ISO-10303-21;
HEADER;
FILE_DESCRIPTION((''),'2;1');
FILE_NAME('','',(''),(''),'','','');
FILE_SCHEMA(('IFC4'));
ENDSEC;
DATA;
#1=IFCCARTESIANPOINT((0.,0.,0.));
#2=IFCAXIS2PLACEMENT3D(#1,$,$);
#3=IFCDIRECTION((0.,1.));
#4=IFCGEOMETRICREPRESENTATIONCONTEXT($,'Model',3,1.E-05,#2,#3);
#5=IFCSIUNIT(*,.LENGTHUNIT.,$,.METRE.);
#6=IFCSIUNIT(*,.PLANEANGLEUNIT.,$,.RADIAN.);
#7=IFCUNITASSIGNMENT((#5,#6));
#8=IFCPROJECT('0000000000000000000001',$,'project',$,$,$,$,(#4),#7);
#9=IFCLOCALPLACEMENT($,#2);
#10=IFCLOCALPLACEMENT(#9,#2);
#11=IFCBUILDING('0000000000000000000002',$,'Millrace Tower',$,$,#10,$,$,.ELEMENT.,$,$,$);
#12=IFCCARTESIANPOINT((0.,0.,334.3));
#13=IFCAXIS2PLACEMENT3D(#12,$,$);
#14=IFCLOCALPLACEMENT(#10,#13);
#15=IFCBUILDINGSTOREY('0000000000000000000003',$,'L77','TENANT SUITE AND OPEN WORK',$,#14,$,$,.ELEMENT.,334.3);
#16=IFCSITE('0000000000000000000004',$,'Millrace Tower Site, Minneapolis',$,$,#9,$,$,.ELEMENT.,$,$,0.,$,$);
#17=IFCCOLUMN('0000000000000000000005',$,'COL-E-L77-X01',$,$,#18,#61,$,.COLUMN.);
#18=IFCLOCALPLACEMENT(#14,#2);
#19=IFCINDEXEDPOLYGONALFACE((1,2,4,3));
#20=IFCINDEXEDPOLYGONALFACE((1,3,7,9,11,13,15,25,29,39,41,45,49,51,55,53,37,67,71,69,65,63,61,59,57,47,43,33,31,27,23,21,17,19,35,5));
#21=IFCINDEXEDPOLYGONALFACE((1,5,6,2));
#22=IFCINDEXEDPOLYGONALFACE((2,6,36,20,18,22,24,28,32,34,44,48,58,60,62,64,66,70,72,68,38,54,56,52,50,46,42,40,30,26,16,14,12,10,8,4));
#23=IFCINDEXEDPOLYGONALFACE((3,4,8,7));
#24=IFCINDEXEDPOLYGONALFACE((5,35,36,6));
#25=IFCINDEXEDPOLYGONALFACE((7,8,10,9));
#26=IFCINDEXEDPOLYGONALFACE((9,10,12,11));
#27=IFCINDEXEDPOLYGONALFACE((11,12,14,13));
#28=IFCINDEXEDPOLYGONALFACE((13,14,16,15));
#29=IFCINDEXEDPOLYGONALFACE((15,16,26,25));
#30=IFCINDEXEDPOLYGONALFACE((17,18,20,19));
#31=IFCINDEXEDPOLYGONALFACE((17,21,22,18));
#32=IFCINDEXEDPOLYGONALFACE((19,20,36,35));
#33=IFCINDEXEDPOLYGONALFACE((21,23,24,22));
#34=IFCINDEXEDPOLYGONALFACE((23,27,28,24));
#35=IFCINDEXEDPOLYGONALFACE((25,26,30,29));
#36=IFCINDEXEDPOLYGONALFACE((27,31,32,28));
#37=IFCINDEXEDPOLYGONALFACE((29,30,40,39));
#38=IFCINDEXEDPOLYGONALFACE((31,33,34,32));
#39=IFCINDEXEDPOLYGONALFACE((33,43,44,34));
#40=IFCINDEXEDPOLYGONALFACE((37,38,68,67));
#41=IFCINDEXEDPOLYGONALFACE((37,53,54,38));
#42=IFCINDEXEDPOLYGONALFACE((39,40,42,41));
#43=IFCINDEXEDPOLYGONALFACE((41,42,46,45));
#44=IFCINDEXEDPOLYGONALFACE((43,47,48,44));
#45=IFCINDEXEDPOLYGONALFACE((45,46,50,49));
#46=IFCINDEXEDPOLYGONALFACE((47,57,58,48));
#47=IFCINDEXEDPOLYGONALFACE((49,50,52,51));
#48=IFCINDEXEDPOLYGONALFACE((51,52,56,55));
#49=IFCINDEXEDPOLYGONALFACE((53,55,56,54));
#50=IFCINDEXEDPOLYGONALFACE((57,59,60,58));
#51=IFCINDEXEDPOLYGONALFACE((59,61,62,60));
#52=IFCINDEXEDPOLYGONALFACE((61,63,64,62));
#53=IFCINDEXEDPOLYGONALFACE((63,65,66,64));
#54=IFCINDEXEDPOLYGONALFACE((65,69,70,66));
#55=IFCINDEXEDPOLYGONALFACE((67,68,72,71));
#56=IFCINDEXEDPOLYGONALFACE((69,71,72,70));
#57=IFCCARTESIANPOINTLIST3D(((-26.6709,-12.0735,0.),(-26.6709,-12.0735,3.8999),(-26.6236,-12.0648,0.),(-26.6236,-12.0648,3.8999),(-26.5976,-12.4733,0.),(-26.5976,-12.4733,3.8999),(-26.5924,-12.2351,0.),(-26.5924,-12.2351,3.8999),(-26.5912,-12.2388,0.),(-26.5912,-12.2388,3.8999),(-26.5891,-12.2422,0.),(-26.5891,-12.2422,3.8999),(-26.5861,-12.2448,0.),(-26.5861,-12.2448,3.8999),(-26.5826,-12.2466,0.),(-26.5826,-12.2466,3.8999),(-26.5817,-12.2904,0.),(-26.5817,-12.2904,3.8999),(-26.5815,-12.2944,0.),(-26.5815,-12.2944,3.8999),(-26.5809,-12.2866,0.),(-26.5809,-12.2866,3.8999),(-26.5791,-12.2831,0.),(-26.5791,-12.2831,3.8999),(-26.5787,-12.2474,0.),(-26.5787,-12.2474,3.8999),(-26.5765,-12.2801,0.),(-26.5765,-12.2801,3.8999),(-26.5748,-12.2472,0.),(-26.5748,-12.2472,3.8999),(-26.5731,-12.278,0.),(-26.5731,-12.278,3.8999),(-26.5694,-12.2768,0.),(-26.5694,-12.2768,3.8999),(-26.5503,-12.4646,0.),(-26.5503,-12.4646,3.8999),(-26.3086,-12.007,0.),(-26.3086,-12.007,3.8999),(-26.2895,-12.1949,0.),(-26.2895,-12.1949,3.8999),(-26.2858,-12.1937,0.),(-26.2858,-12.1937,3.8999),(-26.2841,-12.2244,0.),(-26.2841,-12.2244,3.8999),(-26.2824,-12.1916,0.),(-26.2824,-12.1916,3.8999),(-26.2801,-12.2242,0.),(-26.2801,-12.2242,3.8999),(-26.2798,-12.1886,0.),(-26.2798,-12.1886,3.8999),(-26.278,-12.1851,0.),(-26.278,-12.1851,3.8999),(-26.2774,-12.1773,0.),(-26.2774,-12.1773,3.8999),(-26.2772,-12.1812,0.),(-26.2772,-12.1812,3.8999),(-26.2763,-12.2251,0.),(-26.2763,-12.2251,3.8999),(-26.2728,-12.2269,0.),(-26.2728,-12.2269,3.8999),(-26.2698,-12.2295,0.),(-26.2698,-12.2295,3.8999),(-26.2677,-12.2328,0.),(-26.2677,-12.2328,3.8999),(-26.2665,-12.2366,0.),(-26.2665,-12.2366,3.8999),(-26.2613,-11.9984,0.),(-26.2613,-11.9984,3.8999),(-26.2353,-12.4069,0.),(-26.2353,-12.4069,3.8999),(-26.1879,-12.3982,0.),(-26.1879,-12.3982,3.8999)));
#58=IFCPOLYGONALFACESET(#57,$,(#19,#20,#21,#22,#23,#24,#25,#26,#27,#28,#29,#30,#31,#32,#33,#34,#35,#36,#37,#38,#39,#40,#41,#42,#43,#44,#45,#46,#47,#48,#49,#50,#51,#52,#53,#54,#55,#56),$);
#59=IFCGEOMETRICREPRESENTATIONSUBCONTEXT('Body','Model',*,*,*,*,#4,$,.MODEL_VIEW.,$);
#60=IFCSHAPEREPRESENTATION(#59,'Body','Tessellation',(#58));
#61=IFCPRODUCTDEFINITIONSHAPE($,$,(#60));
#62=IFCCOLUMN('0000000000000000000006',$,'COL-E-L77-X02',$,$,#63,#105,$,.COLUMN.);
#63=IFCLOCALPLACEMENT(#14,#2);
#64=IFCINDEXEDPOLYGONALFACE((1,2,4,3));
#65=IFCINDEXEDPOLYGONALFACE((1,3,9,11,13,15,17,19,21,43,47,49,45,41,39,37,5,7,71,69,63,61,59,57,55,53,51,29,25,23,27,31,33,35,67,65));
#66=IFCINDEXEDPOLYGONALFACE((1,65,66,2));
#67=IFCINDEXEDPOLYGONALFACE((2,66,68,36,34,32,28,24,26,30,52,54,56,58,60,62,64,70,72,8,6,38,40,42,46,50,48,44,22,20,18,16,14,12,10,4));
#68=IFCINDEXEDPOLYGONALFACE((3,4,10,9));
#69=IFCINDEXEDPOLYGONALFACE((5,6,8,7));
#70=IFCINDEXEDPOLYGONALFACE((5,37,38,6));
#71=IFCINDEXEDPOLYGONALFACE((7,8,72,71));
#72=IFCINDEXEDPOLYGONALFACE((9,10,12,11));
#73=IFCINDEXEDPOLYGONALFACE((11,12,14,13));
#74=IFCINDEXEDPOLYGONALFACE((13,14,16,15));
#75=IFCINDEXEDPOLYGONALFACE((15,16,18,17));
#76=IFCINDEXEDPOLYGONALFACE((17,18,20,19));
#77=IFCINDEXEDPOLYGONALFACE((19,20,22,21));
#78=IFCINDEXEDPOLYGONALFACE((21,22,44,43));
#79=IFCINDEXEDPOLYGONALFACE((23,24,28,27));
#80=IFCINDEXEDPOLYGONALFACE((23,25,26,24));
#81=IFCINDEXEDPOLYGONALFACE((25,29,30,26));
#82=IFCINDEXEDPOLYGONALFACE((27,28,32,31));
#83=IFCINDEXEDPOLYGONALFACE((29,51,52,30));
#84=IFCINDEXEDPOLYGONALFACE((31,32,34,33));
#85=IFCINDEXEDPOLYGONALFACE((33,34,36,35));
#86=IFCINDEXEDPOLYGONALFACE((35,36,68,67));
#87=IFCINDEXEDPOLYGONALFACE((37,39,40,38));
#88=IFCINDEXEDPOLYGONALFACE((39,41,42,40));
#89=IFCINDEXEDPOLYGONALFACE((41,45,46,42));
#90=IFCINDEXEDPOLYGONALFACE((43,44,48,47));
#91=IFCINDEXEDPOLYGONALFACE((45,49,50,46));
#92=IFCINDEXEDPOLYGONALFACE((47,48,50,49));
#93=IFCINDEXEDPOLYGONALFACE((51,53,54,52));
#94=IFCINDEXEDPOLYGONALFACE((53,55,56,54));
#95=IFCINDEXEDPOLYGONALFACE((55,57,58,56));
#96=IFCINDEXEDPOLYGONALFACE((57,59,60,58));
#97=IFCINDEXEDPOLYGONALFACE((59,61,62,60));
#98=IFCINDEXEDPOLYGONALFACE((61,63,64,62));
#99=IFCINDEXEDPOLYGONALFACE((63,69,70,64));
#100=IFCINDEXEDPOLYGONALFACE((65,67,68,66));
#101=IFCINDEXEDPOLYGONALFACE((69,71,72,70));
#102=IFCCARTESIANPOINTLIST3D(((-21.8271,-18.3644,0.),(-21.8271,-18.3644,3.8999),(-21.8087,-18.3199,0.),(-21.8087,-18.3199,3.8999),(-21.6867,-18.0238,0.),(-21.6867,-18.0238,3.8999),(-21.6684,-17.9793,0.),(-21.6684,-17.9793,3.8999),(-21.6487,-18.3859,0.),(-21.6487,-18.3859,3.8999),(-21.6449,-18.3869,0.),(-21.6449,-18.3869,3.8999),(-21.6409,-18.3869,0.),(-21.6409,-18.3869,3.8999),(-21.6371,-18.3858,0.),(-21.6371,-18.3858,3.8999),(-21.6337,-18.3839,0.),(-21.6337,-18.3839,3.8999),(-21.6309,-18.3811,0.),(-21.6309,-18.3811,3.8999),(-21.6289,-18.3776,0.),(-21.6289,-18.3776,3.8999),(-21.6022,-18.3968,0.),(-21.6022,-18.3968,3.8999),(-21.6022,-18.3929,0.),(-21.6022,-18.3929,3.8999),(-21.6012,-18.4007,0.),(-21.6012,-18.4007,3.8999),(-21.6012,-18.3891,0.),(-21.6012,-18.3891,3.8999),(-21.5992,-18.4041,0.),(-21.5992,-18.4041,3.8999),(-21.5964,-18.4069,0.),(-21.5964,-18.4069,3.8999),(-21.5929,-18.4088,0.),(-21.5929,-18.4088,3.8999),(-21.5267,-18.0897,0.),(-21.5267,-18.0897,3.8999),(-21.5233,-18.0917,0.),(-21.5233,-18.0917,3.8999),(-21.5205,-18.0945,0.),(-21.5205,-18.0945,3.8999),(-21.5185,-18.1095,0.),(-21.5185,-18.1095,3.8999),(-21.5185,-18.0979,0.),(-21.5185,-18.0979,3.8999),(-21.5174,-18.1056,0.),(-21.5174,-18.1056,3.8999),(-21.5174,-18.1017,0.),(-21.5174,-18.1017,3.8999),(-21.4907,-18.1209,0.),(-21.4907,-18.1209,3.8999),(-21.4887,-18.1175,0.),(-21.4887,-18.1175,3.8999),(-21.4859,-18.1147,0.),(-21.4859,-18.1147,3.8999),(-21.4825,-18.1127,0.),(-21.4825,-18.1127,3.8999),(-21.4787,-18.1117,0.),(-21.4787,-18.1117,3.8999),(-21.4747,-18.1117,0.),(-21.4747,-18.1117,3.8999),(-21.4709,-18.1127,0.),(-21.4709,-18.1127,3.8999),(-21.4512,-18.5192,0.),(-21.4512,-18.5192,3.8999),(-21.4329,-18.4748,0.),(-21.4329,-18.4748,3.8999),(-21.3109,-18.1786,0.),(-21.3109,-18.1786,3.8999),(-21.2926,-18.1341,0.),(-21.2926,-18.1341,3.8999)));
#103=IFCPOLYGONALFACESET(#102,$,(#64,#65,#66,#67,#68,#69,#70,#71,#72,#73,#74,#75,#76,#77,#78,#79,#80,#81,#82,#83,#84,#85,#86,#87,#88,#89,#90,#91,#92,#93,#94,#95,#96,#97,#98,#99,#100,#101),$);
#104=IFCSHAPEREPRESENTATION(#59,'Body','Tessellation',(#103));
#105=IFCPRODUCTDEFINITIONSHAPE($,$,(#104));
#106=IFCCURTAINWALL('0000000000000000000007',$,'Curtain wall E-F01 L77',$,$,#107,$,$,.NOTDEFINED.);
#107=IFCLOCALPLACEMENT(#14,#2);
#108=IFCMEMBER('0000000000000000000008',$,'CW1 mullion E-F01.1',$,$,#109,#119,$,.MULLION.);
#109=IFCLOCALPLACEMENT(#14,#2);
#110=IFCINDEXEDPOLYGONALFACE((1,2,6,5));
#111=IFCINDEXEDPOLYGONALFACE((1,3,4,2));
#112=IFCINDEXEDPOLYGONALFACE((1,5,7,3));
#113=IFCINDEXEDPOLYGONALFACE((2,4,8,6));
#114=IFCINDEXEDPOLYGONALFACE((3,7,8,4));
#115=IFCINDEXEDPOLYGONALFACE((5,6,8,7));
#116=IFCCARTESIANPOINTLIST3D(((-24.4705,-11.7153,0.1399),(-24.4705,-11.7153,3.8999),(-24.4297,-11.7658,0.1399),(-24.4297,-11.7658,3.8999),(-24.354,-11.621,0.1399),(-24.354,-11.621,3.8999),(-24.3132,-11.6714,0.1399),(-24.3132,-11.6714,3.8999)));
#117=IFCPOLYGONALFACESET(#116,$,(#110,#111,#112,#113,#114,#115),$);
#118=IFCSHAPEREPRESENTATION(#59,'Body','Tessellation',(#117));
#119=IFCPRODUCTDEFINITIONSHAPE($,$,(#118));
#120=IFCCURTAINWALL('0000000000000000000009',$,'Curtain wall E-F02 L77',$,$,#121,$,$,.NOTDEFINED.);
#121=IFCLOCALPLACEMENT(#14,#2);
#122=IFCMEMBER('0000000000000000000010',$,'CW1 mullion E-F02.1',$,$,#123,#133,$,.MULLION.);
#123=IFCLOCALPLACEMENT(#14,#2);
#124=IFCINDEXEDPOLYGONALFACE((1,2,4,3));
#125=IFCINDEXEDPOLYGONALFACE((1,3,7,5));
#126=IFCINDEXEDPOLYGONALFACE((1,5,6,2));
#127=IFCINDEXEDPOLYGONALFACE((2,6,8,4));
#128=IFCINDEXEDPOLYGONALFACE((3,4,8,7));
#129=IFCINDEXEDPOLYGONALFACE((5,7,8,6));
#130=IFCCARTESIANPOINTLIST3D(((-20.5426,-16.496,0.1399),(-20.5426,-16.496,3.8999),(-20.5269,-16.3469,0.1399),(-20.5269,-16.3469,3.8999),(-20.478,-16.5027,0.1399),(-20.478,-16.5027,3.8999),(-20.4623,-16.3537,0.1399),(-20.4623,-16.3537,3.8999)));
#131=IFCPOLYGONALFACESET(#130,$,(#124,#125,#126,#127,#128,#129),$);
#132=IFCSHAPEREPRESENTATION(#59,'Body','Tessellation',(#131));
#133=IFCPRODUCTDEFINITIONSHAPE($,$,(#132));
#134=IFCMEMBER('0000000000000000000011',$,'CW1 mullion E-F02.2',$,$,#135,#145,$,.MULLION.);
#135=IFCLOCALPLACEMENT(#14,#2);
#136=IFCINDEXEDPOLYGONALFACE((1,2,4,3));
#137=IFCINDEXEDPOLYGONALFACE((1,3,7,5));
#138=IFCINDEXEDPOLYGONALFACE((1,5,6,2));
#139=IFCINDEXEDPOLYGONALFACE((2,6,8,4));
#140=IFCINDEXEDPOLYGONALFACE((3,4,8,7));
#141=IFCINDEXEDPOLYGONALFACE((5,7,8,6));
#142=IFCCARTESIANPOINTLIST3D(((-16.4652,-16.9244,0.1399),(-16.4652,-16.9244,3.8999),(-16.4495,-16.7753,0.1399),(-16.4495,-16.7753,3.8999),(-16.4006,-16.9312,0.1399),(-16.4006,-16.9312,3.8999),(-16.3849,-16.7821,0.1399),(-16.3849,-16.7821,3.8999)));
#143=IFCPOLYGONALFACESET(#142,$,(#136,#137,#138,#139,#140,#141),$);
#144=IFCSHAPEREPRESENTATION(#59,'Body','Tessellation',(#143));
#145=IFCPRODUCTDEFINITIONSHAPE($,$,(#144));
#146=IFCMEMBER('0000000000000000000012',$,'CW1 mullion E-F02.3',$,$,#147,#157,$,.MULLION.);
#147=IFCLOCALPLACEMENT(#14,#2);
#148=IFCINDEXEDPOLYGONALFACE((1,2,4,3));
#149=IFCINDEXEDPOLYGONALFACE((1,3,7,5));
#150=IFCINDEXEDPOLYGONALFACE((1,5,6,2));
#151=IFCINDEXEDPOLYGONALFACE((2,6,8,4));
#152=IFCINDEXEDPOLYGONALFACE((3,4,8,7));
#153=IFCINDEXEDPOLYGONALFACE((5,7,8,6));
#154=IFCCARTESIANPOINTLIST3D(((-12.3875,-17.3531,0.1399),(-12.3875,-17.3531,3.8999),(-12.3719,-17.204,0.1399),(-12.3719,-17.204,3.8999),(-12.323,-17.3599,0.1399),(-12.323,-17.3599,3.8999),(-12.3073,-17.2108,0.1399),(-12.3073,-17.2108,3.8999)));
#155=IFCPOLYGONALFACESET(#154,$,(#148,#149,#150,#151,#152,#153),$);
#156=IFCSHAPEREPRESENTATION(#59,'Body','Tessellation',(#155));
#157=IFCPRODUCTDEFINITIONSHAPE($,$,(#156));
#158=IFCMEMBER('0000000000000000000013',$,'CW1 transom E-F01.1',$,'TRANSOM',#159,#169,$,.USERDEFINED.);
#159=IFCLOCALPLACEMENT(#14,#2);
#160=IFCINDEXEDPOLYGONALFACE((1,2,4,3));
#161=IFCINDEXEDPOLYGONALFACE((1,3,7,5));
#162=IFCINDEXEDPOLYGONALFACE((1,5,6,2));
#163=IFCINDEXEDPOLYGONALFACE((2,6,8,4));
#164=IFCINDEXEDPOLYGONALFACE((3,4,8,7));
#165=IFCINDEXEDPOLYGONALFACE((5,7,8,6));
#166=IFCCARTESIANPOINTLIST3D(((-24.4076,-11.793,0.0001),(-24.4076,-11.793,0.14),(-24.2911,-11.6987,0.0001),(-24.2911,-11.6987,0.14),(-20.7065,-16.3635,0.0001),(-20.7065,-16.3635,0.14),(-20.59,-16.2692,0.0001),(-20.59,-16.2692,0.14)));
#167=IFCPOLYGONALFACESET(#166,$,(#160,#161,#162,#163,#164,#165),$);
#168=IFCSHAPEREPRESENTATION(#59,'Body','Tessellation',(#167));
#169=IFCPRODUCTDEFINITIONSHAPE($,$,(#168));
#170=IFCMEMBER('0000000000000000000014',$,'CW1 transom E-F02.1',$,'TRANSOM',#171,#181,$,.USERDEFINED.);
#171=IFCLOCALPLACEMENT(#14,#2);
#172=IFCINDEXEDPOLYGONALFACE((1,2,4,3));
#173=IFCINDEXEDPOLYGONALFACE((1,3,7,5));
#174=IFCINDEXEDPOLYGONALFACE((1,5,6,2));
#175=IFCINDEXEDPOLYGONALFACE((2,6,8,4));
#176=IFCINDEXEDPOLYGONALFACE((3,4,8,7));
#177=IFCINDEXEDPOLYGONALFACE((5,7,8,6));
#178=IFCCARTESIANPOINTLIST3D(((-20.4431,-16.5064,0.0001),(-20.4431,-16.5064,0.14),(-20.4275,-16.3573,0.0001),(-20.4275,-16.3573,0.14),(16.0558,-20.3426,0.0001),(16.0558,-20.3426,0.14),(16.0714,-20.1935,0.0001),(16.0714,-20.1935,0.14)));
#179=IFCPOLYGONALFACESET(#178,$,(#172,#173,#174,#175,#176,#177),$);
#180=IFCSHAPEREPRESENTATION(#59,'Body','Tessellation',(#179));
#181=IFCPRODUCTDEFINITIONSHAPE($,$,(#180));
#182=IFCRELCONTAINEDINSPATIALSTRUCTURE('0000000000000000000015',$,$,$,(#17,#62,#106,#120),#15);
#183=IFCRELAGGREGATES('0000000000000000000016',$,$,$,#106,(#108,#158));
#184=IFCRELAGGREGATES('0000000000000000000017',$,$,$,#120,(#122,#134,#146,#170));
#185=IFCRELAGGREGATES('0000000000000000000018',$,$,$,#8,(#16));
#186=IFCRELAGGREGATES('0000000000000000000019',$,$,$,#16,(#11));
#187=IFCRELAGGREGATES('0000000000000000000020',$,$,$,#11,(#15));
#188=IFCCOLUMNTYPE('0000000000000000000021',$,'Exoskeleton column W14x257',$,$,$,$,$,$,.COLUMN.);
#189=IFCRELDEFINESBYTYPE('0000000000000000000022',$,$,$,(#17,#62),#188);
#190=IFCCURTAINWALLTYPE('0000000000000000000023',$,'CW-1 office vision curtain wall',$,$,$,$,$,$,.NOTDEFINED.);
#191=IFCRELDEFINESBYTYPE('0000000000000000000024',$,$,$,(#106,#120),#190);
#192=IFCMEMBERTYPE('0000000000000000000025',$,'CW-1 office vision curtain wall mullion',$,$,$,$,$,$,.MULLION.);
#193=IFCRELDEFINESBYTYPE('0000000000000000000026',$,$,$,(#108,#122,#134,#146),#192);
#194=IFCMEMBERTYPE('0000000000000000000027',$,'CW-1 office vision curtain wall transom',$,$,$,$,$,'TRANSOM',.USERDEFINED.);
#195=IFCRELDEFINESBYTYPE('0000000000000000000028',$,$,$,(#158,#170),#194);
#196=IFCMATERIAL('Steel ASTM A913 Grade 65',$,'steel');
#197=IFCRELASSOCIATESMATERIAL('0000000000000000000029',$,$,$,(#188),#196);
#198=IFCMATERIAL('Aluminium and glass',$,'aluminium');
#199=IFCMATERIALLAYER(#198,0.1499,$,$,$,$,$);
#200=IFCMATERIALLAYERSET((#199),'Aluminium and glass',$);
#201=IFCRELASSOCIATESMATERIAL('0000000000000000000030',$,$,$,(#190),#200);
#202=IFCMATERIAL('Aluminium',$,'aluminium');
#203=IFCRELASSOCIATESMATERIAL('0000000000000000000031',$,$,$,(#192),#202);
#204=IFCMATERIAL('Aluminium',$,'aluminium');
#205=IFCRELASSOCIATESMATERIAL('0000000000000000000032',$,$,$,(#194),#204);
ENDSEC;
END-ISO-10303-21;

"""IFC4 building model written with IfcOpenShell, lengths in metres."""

from ifc_helpers import new_model, si_unit, direction, frame, origin, origin_2d, place, context, subcontext, project, spatial, rectangle, i_section, extrude, material, layer, layer_set, material_profile, profile_set, type_object, element, aggregate, save


model = new_model("IFC4")

# Units and contexts
model_context = context("Model", 3, precision=1e-05, world=origin(), true_north=direction((0.0, 1.0)))
body_context = subcontext(model_context, "Body", "Model", "MODEL_VIEW")
ifc_project = project(units=[si_unit("LENGTHUNIT", "METRE"), si_unit("PLANEANGLEUNIT", "RADIAN")], contexts=[model_context])

# Site, building, storey
site_placement = place(None, origin())
site = spatial("IfcSite", under=ifc_project, at=site_placement, Name="Millrace Tower Site, Minneapolis", CompositionType="ELEMENT", RefElevation=0.0)
building_placement = place(site_placement, origin())
building = spatial("IfcBuilding", under=site, at=building_placement, Name="Millrace Tower", CompositionType="ELEMENT")
storey_placement = place(building_placement, frame((0.0, 0.0, 334.3)))
storey = spatial("IfcBuildingStorey", under=building, at=storey_placement, Name="L77", Description="TENANT SUITE AND OPEN WORK", CompositionType="ELEMENT", Elevation=334.3)

# Columns
ifc_material_1 = material(Name="Steel ASTM A913 Grade 65", Category="steel")
ifc_material_profile_1 = material_profile(ifc_material_1, i_section(OverallWidth=0.4065, OverallDepth=0.4165, WebThickness=0.03, FlangeThickness=0.0481, FilletRadius=0.0151, at=origin_2d()))
ifc_profile_set_1 = profile_set([ifc_material_profile_1], Name="Steel ASTM A913 Grade 65")
column_type = type_object("IfcColumnType", Name="Exoskeleton column W14x257", PredefinedType="COLUMN", material=ifc_profile_set_1)
for number, where, z_axis, x_axis, name in (
    (1, (-26.4294, -12.2358, 0.0), (0.0, 0.0, 1.0), (0.180387, -0.983596, 0.0), "COL-E-L77-X01"),
    (2, (-21.5598, -18.2493, 0.0), (0.0, 0.0, 1.0), (0.924597, -0.380947, 0.0), "COL-E-L77-X02"),
):
    element("IfcColumn", number, at=place(storey_placement, frame(where, z_axis=z_axis, x_axis=x_axis)), inside=storey, type_object=column_type, Name=name, PredefinedType="COLUMN", context=body_context, shape_type="SweptSolid", body=[
        extrude(i_section(OverallWidth=0.4065, OverallDepth=0.4165, WebThickness=0.03, FlangeThickness=0.0481, FilletRadius=0.0151, at=origin_2d()), origin(), (0.0, 0.0, 1.0), 3.8999),
    ])

# Curtain wall, member
ifc_material_2 = material(Name="Aluminium and glass", Category="aluminium")
ifc_layer_1 = layer(ifc_material_2, 0.1499)
ifc_layer_set_1 = layer_set([ifc_layer_1], Name="Aluminium and glass")
curtain_wall_type = type_object("IfcCurtainWallType", Name="CW-1 office vision curtain wall", PredefinedType="NOTDEFINED", material=ifc_layer_set_1)
placement = place(storey_placement, origin())
curtain_wall_1 = element("IfcCurtainWall", 3, at=placement, inside=storey, type_object=curtain_wall_type, Name="Curtain wall E-F01 L77", PredefinedType="NOTDEFINED")
ifc_material_3 = material(Name="Aluminium", Category="aluminium")
ifc_material_profile_2 = material_profile(ifc_material_3, rectangle(XDim=0.0649, YDim=0.1499, at=origin_2d()))
ifc_profile_set_2 = profile_set([ifc_material_profile_2], Name="Aluminium")
member_type_1 = type_object("IfcMemberType", Name="CW-1 office vision curtain wall mullion", PredefinedType="MULLION", material=ifc_profile_set_2)
member_1_placement = place(storey_placement, frame((-24.3918, -11.6934, 0.1399), z_axis=(0.0, 0.0, 1.0), x_axis=(0.62932, -0.777146, 0.0)))
member_1 = element("IfcMember", 4, at=member_1_placement, type_object=member_type_1, Name="CW1 mullion E-F01.1", PredefinedType="MULLION", context=body_context, shape_type="SweptSolid", body=[
    extrude(rectangle(XDim=0.0649, YDim=0.1499, at=origin_2d()), origin(), (0.0, 0.0, 1.0), 3.76),
])

# Curtain wall, members
curtain_wall_2 = element("IfcCurtainWall", 5, at=placement, inside=storey, type_object=curtain_wall_type, Name="Curtain wall E-F02 L77", PredefinedType="NOTDEFINED")
member_2_placement = place(storey_placement, frame((-20.5024, -16.4248, 0.1399), z_axis=(0.0, 0.0, 1.0), x_axis=(0.994522, -0.104528, 0.0)))
member_2 = element("IfcMember", 6, at=member_2_placement, type_object=member_type_1, Name="CW1 mullion E-F02.1", PredefinedType="MULLION", context=body_context, shape_type="SweptSolid", body=[
    extrude(rectangle(XDim=0.0649, YDim=0.1499, at=origin_2d()), origin(), (0.0, 0.0, 1.0), 3.76),
])
member_3_placement = place(storey_placement, frame((-16.425, -16.8533, 0.1399), z_axis=(0.0, 0.0, 1.0), x_axis=(0.994522, -0.104528, 0.0)))
member_3 = element("IfcMember", 7, at=member_3_placement, type_object=member_type_1, Name="CW1 mullion E-F02.2", PredefinedType="MULLION", context=body_context, shape_type="SweptSolid", body=[
    extrude(rectangle(XDim=0.0649, YDim=0.1499, at=origin_2d()), origin(), (0.0, 0.0, 1.0), 3.76),
])
member_4_placement = place(storey_placement, frame((-12.3474, -17.282, 0.1399), z_axis=(0.0, 0.0, 1.0), x_axis=(0.994522, -0.104528, 0.0)))
member_4 = element("IfcMember", 8, at=member_4_placement, type_object=member_type_1, Name="CW1 mullion E-F02.3", PredefinedType="MULLION", context=body_context, shape_type="SweptSolid", body=[
    extrude(rectangle(XDim=0.0649, YDim=0.1499, at=origin_2d()), origin(), (0.0, 0.0, 1.0), 3.76),
])

# Members
ifc_material_4 = material(Name="Aluminium", Category="aluminium")
ifc_material_profile_3 = material_profile(ifc_material_4, rectangle(XDim=0.1499, YDim=0.1399, at=origin_2d()))
ifc_profile_set_3 = profile_set([ifc_material_profile_3], Name="Aluminium")
member_type_2 = type_object("IfcMemberType", Name="CW-1 office vision curtain wall transom", ElementType="TRANSOM", PredefinedType="USERDEFINED", material=ifc_profile_set_3)
member_5_placement = place(storey_placement, frame((-24.3494, -11.7458, 0.0701), z_axis=(0.629321, -0.777145, 0.0), x_axis=(0.777145, 0.629321, 0.0)))
member_5 = element("IfcMember", 9, at=member_5_placement, type_object=member_type_2, Name="CW1 transom E-F01.1", ObjectType="TRANSOM", PredefinedType="USERDEFINED", context=body_context, shape_type="SweptSolid", body=[
    extrude(rectangle(XDim=0.1499, YDim=0.1399, at=origin_2d()), origin(), (0.0, 0.0, 1.0), 5.8811),
])
aggregate(curtain_wall_1, [member_1, member_5])
member_6_placement = place(storey_placement, frame((-20.4353, -16.4319, 0.0701), z_axis=(0.994522, -0.104528, 0.0), x_axis=(0.104528, 0.994522, 0.0)))
member_6 = element("IfcMember", 10, at=member_6_placement, type_object=member_type_2, Name="CW1 transom E-F02.1", ObjectType="TRANSOM", PredefinedType="USERDEFINED", context=body_context, shape_type="SweptSolid", body=[
    extrude(rectangle(XDim=0.1499, YDim=0.1399, at=origin_2d()), origin(), (0.0, 0.0, 1.0), 36.7),
])
aggregate(curtain_wall_2, [member_2, member_3, member_4, member_6])

save(model, "model.ifc")
